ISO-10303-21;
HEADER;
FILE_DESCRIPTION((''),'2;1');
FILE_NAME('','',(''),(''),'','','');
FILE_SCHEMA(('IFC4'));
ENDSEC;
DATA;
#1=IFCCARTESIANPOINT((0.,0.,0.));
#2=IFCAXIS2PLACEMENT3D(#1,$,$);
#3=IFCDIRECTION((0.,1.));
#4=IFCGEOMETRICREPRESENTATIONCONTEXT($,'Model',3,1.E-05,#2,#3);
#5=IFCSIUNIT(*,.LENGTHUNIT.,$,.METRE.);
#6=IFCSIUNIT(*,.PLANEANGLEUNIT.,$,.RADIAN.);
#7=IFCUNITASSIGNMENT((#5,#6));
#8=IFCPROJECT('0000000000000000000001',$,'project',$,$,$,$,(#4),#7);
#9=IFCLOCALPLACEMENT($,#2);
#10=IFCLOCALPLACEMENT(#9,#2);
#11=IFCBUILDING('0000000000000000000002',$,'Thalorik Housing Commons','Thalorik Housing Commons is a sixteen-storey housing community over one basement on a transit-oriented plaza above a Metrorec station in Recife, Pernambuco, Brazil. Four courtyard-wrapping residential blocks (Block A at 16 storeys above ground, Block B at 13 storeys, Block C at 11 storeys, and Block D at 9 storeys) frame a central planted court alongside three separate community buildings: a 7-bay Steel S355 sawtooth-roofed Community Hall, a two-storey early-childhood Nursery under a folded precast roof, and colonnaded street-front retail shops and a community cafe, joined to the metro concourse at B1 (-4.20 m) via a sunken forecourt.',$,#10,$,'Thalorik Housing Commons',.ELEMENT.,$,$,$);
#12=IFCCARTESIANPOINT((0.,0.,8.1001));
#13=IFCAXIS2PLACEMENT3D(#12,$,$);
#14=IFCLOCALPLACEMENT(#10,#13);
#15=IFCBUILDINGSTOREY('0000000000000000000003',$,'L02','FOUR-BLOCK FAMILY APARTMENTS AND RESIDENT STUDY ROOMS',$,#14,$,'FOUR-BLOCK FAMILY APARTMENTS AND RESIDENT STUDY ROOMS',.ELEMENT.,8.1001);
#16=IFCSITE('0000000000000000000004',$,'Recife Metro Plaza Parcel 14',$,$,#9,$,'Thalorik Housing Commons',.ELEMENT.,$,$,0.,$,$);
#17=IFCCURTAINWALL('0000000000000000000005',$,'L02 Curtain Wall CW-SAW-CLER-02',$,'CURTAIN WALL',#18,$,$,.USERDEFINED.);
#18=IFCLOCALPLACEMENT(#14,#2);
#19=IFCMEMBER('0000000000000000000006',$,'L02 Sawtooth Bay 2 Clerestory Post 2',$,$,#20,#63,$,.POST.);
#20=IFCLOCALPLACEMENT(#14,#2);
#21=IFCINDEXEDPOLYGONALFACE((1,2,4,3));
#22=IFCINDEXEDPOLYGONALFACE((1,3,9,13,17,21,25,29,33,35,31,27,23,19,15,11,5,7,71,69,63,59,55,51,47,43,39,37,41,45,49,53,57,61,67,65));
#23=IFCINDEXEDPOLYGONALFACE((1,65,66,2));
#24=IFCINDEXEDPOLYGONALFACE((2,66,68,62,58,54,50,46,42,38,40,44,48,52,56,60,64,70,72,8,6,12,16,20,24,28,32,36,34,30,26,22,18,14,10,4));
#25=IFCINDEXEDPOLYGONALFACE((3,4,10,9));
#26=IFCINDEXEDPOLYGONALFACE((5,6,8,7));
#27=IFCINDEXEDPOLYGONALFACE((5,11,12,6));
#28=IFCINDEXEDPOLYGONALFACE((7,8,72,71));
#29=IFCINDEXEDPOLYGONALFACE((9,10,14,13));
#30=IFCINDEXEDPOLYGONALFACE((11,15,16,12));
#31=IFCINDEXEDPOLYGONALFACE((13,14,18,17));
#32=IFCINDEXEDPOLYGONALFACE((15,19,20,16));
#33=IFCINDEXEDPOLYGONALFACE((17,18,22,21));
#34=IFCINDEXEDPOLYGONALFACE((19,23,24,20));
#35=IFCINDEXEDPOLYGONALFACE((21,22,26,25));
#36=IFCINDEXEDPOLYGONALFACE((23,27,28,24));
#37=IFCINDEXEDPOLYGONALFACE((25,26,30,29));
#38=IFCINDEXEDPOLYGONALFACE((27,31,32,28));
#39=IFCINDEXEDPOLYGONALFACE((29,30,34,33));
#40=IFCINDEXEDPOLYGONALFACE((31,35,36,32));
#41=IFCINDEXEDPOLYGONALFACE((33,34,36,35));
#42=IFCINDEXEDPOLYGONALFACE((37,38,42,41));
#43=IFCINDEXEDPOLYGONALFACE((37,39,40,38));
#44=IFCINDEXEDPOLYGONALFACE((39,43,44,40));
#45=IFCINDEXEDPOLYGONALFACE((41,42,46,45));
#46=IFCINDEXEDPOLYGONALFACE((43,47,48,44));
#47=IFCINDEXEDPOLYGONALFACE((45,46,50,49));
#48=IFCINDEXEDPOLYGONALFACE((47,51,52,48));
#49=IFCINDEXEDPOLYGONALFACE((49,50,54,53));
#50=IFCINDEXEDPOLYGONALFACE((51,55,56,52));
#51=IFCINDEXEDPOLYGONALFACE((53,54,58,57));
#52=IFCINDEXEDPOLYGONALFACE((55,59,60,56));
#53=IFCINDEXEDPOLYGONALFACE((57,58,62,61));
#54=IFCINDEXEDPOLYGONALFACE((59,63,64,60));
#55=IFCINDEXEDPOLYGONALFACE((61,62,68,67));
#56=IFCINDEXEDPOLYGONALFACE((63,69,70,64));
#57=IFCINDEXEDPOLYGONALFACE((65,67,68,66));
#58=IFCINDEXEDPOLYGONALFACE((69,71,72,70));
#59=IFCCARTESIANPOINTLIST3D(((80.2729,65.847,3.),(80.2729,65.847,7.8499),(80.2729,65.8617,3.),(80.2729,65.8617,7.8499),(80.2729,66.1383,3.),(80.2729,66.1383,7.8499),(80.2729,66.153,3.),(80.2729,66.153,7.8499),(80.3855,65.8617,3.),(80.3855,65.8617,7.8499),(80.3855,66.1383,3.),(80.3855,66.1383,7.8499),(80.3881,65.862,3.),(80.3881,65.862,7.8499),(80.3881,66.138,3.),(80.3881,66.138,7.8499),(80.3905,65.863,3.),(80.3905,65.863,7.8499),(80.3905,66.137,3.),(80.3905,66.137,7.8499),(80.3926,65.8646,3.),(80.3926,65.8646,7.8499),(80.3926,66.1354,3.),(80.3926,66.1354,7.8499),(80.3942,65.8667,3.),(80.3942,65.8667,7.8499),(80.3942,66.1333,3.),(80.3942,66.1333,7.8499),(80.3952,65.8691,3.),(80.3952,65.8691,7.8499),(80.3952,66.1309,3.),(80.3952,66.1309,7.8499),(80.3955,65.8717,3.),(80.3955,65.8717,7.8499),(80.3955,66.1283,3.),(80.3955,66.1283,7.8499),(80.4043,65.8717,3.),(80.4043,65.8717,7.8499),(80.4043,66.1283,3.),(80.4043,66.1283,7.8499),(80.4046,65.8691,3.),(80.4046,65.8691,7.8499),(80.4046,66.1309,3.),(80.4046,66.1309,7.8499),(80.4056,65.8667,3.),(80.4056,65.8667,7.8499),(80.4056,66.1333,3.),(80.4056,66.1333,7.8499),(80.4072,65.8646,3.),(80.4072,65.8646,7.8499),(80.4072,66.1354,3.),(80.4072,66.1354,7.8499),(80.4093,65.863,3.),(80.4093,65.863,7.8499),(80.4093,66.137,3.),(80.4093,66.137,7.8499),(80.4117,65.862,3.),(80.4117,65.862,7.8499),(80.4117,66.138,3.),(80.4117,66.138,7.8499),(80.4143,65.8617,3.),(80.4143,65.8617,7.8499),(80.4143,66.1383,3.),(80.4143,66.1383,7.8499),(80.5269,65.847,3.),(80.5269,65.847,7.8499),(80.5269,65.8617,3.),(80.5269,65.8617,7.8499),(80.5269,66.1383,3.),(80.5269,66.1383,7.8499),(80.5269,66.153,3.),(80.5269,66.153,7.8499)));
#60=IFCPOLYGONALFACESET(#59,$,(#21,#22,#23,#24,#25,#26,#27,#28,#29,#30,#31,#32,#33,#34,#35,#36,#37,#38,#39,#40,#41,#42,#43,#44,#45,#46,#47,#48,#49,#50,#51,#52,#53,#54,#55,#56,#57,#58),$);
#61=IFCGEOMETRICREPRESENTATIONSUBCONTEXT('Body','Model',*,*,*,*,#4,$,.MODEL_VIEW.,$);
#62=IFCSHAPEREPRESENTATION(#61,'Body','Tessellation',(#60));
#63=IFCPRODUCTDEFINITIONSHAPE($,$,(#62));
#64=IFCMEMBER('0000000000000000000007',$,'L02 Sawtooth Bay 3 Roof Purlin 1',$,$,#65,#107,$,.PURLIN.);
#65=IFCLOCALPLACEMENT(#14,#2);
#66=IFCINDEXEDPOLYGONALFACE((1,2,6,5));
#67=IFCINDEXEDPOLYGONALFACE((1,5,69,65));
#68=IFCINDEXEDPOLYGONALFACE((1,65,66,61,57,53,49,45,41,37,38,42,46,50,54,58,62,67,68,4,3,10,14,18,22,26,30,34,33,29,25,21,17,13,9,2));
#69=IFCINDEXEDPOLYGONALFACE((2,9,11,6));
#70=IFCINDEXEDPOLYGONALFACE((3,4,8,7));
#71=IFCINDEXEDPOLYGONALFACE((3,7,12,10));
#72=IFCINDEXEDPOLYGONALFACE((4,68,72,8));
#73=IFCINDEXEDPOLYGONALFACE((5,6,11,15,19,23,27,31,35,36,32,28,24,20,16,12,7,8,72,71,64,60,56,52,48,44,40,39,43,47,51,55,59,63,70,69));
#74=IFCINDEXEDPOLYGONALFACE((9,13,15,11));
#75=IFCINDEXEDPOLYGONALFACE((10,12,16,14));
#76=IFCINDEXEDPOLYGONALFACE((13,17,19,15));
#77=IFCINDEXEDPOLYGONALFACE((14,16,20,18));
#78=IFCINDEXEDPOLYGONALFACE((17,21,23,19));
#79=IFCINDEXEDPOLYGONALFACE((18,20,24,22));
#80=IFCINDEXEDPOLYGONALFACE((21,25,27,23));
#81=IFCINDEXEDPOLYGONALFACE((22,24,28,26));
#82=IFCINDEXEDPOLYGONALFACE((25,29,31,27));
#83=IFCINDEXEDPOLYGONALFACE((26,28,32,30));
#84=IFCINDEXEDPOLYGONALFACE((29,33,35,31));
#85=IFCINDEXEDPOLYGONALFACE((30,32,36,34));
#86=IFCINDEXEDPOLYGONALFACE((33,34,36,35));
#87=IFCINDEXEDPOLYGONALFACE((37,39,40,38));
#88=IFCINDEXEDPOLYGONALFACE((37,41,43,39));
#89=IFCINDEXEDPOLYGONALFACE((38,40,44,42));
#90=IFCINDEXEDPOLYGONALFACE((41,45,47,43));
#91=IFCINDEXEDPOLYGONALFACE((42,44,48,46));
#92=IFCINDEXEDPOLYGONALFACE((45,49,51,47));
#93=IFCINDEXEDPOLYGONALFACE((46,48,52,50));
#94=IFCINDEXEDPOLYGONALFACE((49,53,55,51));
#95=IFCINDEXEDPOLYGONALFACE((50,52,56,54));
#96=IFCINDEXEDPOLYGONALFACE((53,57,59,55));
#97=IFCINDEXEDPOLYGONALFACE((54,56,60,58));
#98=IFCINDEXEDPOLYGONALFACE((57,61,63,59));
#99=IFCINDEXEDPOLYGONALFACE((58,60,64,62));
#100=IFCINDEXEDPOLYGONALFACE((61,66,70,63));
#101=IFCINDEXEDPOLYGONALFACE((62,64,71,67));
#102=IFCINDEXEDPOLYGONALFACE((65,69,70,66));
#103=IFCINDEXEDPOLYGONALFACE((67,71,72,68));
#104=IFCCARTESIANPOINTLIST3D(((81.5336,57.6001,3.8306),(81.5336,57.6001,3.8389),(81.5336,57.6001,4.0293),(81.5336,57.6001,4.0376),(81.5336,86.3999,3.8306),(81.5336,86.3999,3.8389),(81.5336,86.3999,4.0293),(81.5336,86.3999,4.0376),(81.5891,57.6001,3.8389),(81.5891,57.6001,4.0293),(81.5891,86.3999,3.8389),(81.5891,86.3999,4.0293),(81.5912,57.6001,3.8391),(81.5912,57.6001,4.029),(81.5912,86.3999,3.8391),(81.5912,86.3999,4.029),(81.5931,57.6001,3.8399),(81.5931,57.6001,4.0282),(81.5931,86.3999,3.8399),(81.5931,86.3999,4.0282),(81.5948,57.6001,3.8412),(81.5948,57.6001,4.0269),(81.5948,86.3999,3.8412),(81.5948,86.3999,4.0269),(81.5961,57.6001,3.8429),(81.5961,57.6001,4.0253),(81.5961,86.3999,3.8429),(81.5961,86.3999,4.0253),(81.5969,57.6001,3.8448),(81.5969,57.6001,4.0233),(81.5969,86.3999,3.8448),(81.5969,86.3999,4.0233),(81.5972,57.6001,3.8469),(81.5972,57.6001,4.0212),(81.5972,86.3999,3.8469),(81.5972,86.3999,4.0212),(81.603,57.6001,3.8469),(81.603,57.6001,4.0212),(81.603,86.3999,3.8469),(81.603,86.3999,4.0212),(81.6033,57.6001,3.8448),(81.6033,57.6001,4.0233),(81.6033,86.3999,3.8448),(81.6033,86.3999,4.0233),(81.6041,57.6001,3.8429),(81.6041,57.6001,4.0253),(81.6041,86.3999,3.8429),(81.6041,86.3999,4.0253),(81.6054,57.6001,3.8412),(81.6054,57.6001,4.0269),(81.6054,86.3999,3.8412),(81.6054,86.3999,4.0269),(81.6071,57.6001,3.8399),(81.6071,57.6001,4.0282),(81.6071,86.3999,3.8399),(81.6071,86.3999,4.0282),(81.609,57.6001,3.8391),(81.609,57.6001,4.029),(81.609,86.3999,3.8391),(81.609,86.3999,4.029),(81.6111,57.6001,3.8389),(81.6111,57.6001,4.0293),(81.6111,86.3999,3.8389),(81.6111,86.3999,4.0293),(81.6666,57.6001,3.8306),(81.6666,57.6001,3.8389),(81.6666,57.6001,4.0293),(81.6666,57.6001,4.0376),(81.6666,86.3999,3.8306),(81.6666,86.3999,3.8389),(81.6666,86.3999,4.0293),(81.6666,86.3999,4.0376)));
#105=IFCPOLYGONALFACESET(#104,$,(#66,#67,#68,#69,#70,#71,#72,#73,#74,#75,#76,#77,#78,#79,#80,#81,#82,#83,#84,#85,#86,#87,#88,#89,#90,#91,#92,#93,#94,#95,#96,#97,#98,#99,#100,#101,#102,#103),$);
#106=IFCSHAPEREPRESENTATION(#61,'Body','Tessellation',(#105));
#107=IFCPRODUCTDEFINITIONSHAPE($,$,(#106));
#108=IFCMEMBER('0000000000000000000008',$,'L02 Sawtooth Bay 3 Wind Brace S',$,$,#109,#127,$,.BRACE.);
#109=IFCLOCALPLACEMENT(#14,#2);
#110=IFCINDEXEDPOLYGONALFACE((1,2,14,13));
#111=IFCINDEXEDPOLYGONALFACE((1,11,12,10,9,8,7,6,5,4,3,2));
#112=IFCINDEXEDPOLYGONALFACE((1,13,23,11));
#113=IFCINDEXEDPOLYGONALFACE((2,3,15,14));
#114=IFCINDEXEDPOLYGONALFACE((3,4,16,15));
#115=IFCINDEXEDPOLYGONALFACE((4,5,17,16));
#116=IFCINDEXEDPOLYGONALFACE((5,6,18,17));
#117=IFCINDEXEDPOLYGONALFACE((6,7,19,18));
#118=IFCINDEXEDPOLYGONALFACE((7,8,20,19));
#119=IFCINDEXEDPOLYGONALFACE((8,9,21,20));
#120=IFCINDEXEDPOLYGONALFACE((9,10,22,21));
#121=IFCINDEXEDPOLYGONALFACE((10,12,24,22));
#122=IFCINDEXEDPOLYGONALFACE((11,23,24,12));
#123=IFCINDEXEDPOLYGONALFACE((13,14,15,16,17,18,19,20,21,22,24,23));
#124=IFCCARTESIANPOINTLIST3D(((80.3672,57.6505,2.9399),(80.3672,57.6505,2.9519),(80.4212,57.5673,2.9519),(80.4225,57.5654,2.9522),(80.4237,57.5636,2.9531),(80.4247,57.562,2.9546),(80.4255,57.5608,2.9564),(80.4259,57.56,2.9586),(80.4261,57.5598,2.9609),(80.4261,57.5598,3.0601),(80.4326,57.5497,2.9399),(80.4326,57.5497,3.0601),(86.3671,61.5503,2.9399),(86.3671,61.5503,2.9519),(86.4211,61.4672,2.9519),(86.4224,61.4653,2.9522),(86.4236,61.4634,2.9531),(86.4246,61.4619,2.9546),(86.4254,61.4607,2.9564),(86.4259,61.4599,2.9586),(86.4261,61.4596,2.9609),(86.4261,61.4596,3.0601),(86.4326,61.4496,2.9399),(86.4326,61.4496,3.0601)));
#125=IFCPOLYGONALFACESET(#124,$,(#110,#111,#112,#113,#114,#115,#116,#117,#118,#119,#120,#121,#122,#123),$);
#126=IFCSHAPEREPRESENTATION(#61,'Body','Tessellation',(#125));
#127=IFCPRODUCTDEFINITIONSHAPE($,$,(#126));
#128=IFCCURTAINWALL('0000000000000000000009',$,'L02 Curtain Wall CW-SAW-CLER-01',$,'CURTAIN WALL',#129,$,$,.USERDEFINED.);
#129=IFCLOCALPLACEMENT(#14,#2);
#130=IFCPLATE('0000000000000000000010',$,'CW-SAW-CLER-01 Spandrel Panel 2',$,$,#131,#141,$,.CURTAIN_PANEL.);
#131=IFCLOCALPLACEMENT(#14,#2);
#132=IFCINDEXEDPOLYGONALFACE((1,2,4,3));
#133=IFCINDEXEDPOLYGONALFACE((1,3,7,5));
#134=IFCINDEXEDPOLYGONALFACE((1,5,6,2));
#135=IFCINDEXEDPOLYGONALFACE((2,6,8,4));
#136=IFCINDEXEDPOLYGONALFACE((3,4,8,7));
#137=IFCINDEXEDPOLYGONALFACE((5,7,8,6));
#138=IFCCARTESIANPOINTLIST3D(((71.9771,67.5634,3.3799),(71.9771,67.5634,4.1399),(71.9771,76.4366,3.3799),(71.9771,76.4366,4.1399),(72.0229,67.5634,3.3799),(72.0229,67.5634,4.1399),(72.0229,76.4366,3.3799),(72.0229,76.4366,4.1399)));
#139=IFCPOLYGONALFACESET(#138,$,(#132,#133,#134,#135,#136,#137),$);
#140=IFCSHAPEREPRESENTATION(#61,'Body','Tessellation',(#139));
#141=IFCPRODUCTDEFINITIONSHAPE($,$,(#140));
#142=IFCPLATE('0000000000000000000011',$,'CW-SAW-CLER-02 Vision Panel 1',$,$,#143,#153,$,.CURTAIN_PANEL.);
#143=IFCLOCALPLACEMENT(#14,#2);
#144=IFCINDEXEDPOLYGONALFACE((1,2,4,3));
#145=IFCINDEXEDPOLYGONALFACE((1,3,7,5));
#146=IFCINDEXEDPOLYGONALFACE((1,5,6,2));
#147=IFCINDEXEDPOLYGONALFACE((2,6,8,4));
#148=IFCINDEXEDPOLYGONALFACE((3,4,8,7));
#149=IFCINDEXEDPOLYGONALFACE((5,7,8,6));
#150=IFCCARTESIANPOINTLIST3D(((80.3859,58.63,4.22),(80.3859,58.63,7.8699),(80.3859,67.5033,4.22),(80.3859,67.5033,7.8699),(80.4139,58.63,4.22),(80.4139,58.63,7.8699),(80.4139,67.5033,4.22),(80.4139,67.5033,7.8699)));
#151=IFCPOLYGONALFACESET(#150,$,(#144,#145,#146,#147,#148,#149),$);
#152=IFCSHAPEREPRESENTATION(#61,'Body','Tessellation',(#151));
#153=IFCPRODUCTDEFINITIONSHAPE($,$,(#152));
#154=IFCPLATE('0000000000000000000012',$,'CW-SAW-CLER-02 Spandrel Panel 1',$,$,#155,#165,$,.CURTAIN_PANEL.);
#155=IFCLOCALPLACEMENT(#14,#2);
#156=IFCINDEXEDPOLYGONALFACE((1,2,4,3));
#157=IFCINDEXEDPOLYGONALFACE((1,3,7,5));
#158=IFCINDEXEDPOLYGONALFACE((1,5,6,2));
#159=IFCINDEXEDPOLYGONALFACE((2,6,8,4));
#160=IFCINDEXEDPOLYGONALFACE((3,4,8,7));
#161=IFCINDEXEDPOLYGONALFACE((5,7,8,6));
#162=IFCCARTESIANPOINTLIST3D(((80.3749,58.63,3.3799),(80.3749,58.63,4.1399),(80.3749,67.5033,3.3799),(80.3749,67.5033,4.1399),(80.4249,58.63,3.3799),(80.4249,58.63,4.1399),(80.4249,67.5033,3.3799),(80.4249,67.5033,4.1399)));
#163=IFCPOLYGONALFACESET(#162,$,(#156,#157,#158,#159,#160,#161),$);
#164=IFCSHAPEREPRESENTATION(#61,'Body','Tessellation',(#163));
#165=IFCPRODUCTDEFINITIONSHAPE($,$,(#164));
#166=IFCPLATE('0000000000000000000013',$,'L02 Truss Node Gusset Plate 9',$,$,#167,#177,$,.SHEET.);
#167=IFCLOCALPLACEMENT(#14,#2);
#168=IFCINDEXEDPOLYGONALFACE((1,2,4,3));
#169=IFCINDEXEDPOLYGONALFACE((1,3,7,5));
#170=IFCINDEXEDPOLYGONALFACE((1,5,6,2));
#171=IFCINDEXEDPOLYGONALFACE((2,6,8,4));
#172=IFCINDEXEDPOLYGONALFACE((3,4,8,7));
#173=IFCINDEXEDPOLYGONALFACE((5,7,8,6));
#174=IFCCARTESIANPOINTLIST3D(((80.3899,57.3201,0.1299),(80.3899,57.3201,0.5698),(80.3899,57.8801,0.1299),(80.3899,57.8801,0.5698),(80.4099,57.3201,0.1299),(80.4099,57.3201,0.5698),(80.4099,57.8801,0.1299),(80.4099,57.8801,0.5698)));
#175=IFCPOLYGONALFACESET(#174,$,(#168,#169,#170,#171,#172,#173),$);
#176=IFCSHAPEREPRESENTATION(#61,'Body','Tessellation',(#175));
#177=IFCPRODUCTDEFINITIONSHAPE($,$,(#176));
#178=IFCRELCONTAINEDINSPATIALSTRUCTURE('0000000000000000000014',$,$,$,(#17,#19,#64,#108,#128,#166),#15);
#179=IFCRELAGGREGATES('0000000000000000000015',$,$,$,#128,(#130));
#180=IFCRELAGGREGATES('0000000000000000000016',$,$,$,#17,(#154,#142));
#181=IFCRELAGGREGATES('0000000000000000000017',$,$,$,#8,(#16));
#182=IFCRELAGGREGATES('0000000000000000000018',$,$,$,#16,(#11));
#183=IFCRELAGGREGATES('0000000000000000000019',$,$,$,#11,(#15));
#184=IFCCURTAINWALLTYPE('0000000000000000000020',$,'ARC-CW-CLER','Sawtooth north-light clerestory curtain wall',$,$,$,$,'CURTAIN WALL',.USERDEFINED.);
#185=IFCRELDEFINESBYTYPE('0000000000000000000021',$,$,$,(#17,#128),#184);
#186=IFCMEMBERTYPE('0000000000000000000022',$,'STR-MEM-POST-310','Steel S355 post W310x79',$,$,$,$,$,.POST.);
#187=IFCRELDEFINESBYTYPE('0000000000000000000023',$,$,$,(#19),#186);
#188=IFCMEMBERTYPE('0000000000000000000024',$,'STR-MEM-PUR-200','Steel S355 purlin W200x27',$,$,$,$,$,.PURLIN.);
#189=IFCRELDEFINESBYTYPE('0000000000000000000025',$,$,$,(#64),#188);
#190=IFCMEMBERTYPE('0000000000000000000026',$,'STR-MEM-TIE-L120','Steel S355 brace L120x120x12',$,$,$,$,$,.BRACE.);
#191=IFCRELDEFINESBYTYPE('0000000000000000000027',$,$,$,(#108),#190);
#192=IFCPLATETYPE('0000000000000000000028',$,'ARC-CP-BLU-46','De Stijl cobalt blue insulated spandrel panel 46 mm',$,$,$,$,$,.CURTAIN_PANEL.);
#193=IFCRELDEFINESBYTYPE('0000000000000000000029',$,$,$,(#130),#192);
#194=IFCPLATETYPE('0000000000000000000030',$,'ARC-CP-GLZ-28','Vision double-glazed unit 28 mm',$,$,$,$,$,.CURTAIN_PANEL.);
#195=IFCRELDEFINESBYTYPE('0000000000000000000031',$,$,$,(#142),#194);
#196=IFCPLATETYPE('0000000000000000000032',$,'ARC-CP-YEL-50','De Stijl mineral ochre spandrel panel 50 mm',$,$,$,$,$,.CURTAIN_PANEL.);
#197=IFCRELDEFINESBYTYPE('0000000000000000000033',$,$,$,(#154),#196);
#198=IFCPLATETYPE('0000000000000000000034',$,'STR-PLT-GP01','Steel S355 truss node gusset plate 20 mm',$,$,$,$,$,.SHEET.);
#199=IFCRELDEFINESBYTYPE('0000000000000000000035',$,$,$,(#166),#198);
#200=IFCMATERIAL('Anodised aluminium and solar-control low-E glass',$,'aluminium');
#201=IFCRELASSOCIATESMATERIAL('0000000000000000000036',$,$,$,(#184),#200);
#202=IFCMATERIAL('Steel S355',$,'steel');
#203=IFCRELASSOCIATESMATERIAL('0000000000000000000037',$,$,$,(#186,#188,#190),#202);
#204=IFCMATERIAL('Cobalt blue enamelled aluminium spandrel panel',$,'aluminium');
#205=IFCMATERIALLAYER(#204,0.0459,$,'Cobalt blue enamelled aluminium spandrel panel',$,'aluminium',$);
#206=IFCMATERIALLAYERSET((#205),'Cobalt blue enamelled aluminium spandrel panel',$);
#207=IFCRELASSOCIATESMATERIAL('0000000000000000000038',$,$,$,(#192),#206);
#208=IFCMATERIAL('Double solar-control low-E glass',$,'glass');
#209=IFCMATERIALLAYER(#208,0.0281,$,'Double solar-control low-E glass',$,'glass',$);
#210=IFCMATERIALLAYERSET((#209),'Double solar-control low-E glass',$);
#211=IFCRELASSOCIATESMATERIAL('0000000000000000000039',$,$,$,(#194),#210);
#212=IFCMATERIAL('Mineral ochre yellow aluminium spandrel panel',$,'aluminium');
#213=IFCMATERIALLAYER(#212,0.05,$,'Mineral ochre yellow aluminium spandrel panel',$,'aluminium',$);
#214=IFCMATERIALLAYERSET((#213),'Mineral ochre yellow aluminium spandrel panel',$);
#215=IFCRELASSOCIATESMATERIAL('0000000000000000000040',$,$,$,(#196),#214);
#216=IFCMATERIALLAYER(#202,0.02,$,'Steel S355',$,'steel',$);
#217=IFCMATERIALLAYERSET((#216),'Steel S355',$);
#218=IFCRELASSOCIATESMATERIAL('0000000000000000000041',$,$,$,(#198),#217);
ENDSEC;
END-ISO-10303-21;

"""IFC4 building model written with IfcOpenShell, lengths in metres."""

from ifc_helpers import new_model, si_unit, direction, frame, origin, origin_2d, place, context, subcontext, project, spatial, rectangle, i_section, l_section, extrude, material, layer, layer_set, material_profile, profile_set, type_object, element, aggregate, save


model = new_model("IFC4")

# Units and contexts
model_context = context("Model", 3, precision=1e-05, world=origin(), true_north=direction((0.0, 1.0)))
body_context = subcontext(model_context, "Body", "Model", "MODEL_VIEW")
ifc_project = project(units=[si_unit("LENGTHUNIT", "METRE"), si_unit("PLANEANGLEUNIT", "RADIAN")], contexts=[model_context])

# Site, building, storey
site_placement = place(None, origin())
site = spatial("IfcSite", under=ifc_project, at=site_placement, Name="Recife Metro Plaza Parcel 14", LongName="Thalorik Housing Commons", CompositionType="ELEMENT", RefElevation=0.0)
building_placement = place(site_placement, origin())
building = spatial("IfcBuilding", under=site, at=building_placement, Name="Thalorik Housing Commons", Description="Thalorik Housing Commons is a sixteen-storey housing community over one basement on a transit-oriented plaza above a Metrorec station in Recife, Pernambuco, Brazil. Four courtyard-wrapping residential blocks (Block A at 16 storeys above ground, Block B at 13 storeys, Block C at 11 storeys, and Block D at 9 storeys) frame a central planted court alongside three separate community buildings: a 7-bay Steel S355 sawtooth-roofed Community Hall, a two-storey early-childhood Nursery under a folded precast roof, and colonnaded street-front retail shops and a community cafe, joined to the metro concourse at B1 (-4.20 m) via a sunken forecourt.", LongName="Thalorik Housing Commons", CompositionType="ELEMENT")
storey_placement = place(building_placement, frame((0.0, 0.0, 8.1001)))
storey = spatial("IfcBuildingStorey", under=building, at=storey_placement, Name="L02", Description="FOUR-BLOCK FAMILY APARTMENTS AND RESIDENT STUDY ROOMS", LongName="FOUR-BLOCK FAMILY APARTMENTS AND RESIDENT STUDY ROOMS", CompositionType="ELEMENT", Elevation=8.1001)

# Curtain wall
ifc_material_1 = material(Name="Anodised aluminium and solar-control low-E glass", Category="aluminium")
curtain_wall_type = type_object("IfcCurtainWallType", Name="ARC-CW-CLER", Description="Sawtooth north-light clerestory curtain wall", ElementType="CURTAIN WALL", PredefinedType="USERDEFINED", material=ifc_material_1)
curtain_wall_1_placement = place(storey_placement, origin())
curtain_wall_1 = element("IfcCurtainWall", 1, at=curtain_wall_1_placement, inside=storey, type_object=curtain_wall_type, Name="L02 Curtain Wall CW-SAW-CLER-02", ObjectType="CURTAIN WALL", PredefinedType="USERDEFINED")

# Shared definitions
ifc_material_2 = material(Name="Steel S355", Category="steel")

# Members
ifc_material_profile_1 = material_profile(ifc_material_2, i_section(OverallWidth=0.2539, OverallDepth=0.3059, WebThickness=0.0088, FlangeThickness=0.0146, FilletRadius=0.01, at=origin_2d()), Name="W310x79", Category="steel")
ifc_profile_set_1 = profile_set([ifc_material_profile_1], Name="Steel S355")
member_type_1 = type_object("IfcMemberType", Name="STR-MEM-POST-310", Description="Steel S355 post W310x79", PredefinedType="POST", material=ifc_profile_set_1)
for number, where, z_axis, x_axis, name in (
    (2, (80.3999, 66.0, 3.0), (0.0, 0.0, 1.0), (1.0, 0.0, 0.0), "L02 Sawtooth Bay 2 Clerestory Post 2"),
):
    element("IfcMember", number, at=place(storey_placement, frame(where, z_axis=z_axis, x_axis=x_axis)), inside=storey, type_object=member_type_1, Name=name, PredefinedType="POST", context=body_context, shape_type="SweptSolid", body=[
        extrude(i_section(OverallWidth=0.2539, OverallDepth=0.3059, WebThickness=0.0088, FlangeThickness=0.0146, FilletRadius=0.01, at=origin_2d()), origin(), (0.0, 0.0, 1.0), 4.8499),
    ])
ifc_material_profile_2 = material_profile(ifc_material_2, i_section(OverallWidth=0.1331, OverallDepth=0.207, WebThickness=0.0059, FlangeThickness=0.0083, FilletRadius=0.0081, at=origin_2d()), Name="W200x27", Category="steel")
ifc_profile_set_2 = profile_set([ifc_material_profile_2], Name="Steel S355")
member_type_2 = type_object("IfcMemberType", Name="STR-MEM-PUR-200", Description="Steel S355 purlin W200x27", PredefinedType="PURLIN", material=ifc_profile_set_2)
member_1_placement = place(storey_placement, frame((81.6001, 57.6001, 3.9341), z_axis=(0.0, 1.0, 0.0), x_axis=(-1.0, 0.0, 0.0)))
element("IfcMember", 3, at=member_1_placement, inside=storey, type_object=member_type_2, Name="L02 Sawtooth Bay 3 Roof Purlin 1", PredefinedType="PURLIN", context=body_context, shape_type="SweptSolid", body=[
    extrude(i_section(OverallWidth=0.1331, OverallDepth=0.207, WebThickness=0.0059, FlangeThickness=0.0083, FilletRadius=0.0081, at=origin_2d()), origin(), (0.0, 0.0, 1.0), 28.7998),
])
ifc_material_profile_3 = material_profile(ifc_material_2, l_section(Depth=0.1201, Width=0.1201, Thickness=0.012, FilletRadius=0.009, at=origin_2d()), Name="L120x120x12", Category="steel")
ifc_profile_set_3 = profile_set([ifc_material_profile_3], Name="Steel S355")
member_type_3 = type_object("IfcMemberType", Name="STR-MEM-TIE-L120", Description="Steel S355 brace L120x120x12", PredefinedType="BRACE", material=ifc_profile_set_3)
member_2_placement = place(storey_placement, frame((80.3999, 57.6001, 3.0), z_axis=(0.83845, 0.544979, 0.0), x_axis=(-0.544979, 0.83845, 0.0)))
element("IfcMember", 4, at=member_2_placement, inside=storey, type_object=member_type_3, Name="L02 Sawtooth Bay 3 Wind Brace S", PredefinedType="BRACE", context=body_context, shape_type="SweptSolid", body=[
    extrude(l_section(Depth=0.1201, Width=0.1201, Thickness=0.012, FilletRadius=0.009, at=origin_2d()), origin(), (0.0, 0.0, 1.0), 7.156),
])

# Curtain wall, plate
curtain_wall_2_placement = place(storey_placement, origin())
curtain_wall_2 = element("IfcCurtainWall", 5, at=curtain_wall_2_placement, inside=storey, type_object=curtain_wall_type, Name="L02 Curtain Wall CW-SAW-CLER-01", ObjectType="CURTAIN WALL", PredefinedType="USERDEFINED")
ifc_material_3 = material(Name="Cobalt blue enamelled aluminium spandrel panel", Category="aluminium")
ifc_layer_1 = layer(ifc_material_3, 0.0459, Name="Cobalt blue enamelled aluminium spandrel panel", Category="aluminium")
ifc_layer_set_1 = layer_set([ifc_layer_1], Name="Cobalt blue enamelled aluminium spandrel panel")
plate_type_1 = type_object("IfcPlateType", Name="ARC-CP-BLU-46", Description="De Stijl cobalt blue insulated spandrel panel 46 mm", PredefinedType="CURTAIN_PANEL", material=ifc_layer_set_1)
plate_1_placement = place(storey_placement, frame((72.0, 72.0, 3.3799), z_axis=(0.0, 0.0, 1.0), x_axis=(0.0, 1.0, 0.0)))
plate_1 = element("IfcPlate", 6, at=plate_1_placement, type_object=plate_type_1, Name="CW-SAW-CLER-01 Spandrel Panel 2", PredefinedType="CURTAIN_PANEL", context=body_context, shape_type="SweptSolid", body=[
    extrude(rectangle(XDim=8.8733, YDim=0.0459, at=origin_2d()), origin(), (0.0, 0.0, 1.0), 0.76),
])
aggregate(curtain_wall_2, [plate_1])

# Plates
ifc_material_4 = material(Name="Double solar-control low-E glass", Category="glass")
ifc_layer_2 = layer(ifc_material_4, 0.0281, Name="Double solar-control low-E glass", Category="glass")
ifc_layer_set_2 = layer_set([ifc_layer_2], Name="Double solar-control low-E glass")
plate_type_2 = type_object("IfcPlateType", Name="ARC-CP-GLZ-28", Description="Vision double-glazed unit 28 mm", PredefinedType="CURTAIN_PANEL", material=ifc_layer_set_2)
plate_2_placement = place(storey_placement, frame((80.3999, 63.0667, 4.22), z_axis=(0.0, 0.0, 1.0), x_axis=(0.0, 1.0, 0.0)))
plate_2 = element("IfcPlate", 7, at=plate_2_placement, type_object=plate_type_2, Name="CW-SAW-CLER-02 Vision Panel 1", PredefinedType="CURTAIN_PANEL", context=body_context, shape_type="SweptSolid", body=[
    extrude(rectangle(XDim=8.8733, YDim=0.0281, at=origin_2d()), origin(), (0.0, 0.0, 1.0), 3.6499),
])
ifc_material_5 = material(Name="Mineral ochre yellow aluminium spandrel panel", Category="aluminium")
ifc_layer_3 = layer(ifc_material_5, 0.05, Name="Mineral ochre yellow aluminium spandrel panel", Category="aluminium")
ifc_layer_set_3 = layer_set([ifc_layer_3], Name="Mineral ochre yellow aluminium spandrel panel")
plate_type_3 = type_object("IfcPlateType", Name="ARC-CP-YEL-50", Description="De Stijl mineral ochre spandrel panel 50 mm", PredefinedType="CURTAIN_PANEL", material=ifc_layer_set_3)
plate_3_placement = place(storey_placement, frame((80.3999, 63.0667, 3.3799), z_axis=(0.0, 0.0, 1.0), x_axis=(0.0, 1.0, 0.0)))
plate_3 = element("IfcPlate", 8, at=plate_3_placement, type_object=plate_type_3, Name="CW-SAW-CLER-02 Spandrel Panel 1", PredefinedType="CURTAIN_PANEL", context=body_context, shape_type="SweptSolid", body=[
    extrude(rectangle(XDim=8.8733, YDim=0.05, at=origin_2d()), origin(), (0.0, 0.0, 1.0), 0.76),
])
aggregate(curtain_wall_1, [plate_3, plate_2])

# Plate
ifc_layer_4 = layer(ifc_material_2, 0.02, Name="Steel S355", Category="steel")
ifc_layer_set_4 = layer_set([ifc_layer_4], Name="Steel S355")
plate_type_4 = type_object("IfcPlateType", Name="STR-PLT-GP01", Description="Steel S355 truss node gusset plate 20 mm", PredefinedType="SHEET", material=ifc_layer_set_4)
plate_4_placement = place(storey_placement, frame((80.3999, 57.6001, 0.1299), z_axis=(0.0, 0.0, 1.0), x_axis=(1.0, 0.0, 0.0)))
element("IfcPlate", 9, at=plate_4_placement, inside=storey, type_object=plate_type_4, Name="L02 Truss Node Gusset Plate 9", PredefinedType="SHEET", context=body_context, shape_type="SweptSolid", body=[
    extrude(rectangle(XDim=0.02, YDim=0.5601, at=origin_2d()), origin(), (0.0, 0.0, 1.0), 0.4399),
])

save(model, "model.ifc")
